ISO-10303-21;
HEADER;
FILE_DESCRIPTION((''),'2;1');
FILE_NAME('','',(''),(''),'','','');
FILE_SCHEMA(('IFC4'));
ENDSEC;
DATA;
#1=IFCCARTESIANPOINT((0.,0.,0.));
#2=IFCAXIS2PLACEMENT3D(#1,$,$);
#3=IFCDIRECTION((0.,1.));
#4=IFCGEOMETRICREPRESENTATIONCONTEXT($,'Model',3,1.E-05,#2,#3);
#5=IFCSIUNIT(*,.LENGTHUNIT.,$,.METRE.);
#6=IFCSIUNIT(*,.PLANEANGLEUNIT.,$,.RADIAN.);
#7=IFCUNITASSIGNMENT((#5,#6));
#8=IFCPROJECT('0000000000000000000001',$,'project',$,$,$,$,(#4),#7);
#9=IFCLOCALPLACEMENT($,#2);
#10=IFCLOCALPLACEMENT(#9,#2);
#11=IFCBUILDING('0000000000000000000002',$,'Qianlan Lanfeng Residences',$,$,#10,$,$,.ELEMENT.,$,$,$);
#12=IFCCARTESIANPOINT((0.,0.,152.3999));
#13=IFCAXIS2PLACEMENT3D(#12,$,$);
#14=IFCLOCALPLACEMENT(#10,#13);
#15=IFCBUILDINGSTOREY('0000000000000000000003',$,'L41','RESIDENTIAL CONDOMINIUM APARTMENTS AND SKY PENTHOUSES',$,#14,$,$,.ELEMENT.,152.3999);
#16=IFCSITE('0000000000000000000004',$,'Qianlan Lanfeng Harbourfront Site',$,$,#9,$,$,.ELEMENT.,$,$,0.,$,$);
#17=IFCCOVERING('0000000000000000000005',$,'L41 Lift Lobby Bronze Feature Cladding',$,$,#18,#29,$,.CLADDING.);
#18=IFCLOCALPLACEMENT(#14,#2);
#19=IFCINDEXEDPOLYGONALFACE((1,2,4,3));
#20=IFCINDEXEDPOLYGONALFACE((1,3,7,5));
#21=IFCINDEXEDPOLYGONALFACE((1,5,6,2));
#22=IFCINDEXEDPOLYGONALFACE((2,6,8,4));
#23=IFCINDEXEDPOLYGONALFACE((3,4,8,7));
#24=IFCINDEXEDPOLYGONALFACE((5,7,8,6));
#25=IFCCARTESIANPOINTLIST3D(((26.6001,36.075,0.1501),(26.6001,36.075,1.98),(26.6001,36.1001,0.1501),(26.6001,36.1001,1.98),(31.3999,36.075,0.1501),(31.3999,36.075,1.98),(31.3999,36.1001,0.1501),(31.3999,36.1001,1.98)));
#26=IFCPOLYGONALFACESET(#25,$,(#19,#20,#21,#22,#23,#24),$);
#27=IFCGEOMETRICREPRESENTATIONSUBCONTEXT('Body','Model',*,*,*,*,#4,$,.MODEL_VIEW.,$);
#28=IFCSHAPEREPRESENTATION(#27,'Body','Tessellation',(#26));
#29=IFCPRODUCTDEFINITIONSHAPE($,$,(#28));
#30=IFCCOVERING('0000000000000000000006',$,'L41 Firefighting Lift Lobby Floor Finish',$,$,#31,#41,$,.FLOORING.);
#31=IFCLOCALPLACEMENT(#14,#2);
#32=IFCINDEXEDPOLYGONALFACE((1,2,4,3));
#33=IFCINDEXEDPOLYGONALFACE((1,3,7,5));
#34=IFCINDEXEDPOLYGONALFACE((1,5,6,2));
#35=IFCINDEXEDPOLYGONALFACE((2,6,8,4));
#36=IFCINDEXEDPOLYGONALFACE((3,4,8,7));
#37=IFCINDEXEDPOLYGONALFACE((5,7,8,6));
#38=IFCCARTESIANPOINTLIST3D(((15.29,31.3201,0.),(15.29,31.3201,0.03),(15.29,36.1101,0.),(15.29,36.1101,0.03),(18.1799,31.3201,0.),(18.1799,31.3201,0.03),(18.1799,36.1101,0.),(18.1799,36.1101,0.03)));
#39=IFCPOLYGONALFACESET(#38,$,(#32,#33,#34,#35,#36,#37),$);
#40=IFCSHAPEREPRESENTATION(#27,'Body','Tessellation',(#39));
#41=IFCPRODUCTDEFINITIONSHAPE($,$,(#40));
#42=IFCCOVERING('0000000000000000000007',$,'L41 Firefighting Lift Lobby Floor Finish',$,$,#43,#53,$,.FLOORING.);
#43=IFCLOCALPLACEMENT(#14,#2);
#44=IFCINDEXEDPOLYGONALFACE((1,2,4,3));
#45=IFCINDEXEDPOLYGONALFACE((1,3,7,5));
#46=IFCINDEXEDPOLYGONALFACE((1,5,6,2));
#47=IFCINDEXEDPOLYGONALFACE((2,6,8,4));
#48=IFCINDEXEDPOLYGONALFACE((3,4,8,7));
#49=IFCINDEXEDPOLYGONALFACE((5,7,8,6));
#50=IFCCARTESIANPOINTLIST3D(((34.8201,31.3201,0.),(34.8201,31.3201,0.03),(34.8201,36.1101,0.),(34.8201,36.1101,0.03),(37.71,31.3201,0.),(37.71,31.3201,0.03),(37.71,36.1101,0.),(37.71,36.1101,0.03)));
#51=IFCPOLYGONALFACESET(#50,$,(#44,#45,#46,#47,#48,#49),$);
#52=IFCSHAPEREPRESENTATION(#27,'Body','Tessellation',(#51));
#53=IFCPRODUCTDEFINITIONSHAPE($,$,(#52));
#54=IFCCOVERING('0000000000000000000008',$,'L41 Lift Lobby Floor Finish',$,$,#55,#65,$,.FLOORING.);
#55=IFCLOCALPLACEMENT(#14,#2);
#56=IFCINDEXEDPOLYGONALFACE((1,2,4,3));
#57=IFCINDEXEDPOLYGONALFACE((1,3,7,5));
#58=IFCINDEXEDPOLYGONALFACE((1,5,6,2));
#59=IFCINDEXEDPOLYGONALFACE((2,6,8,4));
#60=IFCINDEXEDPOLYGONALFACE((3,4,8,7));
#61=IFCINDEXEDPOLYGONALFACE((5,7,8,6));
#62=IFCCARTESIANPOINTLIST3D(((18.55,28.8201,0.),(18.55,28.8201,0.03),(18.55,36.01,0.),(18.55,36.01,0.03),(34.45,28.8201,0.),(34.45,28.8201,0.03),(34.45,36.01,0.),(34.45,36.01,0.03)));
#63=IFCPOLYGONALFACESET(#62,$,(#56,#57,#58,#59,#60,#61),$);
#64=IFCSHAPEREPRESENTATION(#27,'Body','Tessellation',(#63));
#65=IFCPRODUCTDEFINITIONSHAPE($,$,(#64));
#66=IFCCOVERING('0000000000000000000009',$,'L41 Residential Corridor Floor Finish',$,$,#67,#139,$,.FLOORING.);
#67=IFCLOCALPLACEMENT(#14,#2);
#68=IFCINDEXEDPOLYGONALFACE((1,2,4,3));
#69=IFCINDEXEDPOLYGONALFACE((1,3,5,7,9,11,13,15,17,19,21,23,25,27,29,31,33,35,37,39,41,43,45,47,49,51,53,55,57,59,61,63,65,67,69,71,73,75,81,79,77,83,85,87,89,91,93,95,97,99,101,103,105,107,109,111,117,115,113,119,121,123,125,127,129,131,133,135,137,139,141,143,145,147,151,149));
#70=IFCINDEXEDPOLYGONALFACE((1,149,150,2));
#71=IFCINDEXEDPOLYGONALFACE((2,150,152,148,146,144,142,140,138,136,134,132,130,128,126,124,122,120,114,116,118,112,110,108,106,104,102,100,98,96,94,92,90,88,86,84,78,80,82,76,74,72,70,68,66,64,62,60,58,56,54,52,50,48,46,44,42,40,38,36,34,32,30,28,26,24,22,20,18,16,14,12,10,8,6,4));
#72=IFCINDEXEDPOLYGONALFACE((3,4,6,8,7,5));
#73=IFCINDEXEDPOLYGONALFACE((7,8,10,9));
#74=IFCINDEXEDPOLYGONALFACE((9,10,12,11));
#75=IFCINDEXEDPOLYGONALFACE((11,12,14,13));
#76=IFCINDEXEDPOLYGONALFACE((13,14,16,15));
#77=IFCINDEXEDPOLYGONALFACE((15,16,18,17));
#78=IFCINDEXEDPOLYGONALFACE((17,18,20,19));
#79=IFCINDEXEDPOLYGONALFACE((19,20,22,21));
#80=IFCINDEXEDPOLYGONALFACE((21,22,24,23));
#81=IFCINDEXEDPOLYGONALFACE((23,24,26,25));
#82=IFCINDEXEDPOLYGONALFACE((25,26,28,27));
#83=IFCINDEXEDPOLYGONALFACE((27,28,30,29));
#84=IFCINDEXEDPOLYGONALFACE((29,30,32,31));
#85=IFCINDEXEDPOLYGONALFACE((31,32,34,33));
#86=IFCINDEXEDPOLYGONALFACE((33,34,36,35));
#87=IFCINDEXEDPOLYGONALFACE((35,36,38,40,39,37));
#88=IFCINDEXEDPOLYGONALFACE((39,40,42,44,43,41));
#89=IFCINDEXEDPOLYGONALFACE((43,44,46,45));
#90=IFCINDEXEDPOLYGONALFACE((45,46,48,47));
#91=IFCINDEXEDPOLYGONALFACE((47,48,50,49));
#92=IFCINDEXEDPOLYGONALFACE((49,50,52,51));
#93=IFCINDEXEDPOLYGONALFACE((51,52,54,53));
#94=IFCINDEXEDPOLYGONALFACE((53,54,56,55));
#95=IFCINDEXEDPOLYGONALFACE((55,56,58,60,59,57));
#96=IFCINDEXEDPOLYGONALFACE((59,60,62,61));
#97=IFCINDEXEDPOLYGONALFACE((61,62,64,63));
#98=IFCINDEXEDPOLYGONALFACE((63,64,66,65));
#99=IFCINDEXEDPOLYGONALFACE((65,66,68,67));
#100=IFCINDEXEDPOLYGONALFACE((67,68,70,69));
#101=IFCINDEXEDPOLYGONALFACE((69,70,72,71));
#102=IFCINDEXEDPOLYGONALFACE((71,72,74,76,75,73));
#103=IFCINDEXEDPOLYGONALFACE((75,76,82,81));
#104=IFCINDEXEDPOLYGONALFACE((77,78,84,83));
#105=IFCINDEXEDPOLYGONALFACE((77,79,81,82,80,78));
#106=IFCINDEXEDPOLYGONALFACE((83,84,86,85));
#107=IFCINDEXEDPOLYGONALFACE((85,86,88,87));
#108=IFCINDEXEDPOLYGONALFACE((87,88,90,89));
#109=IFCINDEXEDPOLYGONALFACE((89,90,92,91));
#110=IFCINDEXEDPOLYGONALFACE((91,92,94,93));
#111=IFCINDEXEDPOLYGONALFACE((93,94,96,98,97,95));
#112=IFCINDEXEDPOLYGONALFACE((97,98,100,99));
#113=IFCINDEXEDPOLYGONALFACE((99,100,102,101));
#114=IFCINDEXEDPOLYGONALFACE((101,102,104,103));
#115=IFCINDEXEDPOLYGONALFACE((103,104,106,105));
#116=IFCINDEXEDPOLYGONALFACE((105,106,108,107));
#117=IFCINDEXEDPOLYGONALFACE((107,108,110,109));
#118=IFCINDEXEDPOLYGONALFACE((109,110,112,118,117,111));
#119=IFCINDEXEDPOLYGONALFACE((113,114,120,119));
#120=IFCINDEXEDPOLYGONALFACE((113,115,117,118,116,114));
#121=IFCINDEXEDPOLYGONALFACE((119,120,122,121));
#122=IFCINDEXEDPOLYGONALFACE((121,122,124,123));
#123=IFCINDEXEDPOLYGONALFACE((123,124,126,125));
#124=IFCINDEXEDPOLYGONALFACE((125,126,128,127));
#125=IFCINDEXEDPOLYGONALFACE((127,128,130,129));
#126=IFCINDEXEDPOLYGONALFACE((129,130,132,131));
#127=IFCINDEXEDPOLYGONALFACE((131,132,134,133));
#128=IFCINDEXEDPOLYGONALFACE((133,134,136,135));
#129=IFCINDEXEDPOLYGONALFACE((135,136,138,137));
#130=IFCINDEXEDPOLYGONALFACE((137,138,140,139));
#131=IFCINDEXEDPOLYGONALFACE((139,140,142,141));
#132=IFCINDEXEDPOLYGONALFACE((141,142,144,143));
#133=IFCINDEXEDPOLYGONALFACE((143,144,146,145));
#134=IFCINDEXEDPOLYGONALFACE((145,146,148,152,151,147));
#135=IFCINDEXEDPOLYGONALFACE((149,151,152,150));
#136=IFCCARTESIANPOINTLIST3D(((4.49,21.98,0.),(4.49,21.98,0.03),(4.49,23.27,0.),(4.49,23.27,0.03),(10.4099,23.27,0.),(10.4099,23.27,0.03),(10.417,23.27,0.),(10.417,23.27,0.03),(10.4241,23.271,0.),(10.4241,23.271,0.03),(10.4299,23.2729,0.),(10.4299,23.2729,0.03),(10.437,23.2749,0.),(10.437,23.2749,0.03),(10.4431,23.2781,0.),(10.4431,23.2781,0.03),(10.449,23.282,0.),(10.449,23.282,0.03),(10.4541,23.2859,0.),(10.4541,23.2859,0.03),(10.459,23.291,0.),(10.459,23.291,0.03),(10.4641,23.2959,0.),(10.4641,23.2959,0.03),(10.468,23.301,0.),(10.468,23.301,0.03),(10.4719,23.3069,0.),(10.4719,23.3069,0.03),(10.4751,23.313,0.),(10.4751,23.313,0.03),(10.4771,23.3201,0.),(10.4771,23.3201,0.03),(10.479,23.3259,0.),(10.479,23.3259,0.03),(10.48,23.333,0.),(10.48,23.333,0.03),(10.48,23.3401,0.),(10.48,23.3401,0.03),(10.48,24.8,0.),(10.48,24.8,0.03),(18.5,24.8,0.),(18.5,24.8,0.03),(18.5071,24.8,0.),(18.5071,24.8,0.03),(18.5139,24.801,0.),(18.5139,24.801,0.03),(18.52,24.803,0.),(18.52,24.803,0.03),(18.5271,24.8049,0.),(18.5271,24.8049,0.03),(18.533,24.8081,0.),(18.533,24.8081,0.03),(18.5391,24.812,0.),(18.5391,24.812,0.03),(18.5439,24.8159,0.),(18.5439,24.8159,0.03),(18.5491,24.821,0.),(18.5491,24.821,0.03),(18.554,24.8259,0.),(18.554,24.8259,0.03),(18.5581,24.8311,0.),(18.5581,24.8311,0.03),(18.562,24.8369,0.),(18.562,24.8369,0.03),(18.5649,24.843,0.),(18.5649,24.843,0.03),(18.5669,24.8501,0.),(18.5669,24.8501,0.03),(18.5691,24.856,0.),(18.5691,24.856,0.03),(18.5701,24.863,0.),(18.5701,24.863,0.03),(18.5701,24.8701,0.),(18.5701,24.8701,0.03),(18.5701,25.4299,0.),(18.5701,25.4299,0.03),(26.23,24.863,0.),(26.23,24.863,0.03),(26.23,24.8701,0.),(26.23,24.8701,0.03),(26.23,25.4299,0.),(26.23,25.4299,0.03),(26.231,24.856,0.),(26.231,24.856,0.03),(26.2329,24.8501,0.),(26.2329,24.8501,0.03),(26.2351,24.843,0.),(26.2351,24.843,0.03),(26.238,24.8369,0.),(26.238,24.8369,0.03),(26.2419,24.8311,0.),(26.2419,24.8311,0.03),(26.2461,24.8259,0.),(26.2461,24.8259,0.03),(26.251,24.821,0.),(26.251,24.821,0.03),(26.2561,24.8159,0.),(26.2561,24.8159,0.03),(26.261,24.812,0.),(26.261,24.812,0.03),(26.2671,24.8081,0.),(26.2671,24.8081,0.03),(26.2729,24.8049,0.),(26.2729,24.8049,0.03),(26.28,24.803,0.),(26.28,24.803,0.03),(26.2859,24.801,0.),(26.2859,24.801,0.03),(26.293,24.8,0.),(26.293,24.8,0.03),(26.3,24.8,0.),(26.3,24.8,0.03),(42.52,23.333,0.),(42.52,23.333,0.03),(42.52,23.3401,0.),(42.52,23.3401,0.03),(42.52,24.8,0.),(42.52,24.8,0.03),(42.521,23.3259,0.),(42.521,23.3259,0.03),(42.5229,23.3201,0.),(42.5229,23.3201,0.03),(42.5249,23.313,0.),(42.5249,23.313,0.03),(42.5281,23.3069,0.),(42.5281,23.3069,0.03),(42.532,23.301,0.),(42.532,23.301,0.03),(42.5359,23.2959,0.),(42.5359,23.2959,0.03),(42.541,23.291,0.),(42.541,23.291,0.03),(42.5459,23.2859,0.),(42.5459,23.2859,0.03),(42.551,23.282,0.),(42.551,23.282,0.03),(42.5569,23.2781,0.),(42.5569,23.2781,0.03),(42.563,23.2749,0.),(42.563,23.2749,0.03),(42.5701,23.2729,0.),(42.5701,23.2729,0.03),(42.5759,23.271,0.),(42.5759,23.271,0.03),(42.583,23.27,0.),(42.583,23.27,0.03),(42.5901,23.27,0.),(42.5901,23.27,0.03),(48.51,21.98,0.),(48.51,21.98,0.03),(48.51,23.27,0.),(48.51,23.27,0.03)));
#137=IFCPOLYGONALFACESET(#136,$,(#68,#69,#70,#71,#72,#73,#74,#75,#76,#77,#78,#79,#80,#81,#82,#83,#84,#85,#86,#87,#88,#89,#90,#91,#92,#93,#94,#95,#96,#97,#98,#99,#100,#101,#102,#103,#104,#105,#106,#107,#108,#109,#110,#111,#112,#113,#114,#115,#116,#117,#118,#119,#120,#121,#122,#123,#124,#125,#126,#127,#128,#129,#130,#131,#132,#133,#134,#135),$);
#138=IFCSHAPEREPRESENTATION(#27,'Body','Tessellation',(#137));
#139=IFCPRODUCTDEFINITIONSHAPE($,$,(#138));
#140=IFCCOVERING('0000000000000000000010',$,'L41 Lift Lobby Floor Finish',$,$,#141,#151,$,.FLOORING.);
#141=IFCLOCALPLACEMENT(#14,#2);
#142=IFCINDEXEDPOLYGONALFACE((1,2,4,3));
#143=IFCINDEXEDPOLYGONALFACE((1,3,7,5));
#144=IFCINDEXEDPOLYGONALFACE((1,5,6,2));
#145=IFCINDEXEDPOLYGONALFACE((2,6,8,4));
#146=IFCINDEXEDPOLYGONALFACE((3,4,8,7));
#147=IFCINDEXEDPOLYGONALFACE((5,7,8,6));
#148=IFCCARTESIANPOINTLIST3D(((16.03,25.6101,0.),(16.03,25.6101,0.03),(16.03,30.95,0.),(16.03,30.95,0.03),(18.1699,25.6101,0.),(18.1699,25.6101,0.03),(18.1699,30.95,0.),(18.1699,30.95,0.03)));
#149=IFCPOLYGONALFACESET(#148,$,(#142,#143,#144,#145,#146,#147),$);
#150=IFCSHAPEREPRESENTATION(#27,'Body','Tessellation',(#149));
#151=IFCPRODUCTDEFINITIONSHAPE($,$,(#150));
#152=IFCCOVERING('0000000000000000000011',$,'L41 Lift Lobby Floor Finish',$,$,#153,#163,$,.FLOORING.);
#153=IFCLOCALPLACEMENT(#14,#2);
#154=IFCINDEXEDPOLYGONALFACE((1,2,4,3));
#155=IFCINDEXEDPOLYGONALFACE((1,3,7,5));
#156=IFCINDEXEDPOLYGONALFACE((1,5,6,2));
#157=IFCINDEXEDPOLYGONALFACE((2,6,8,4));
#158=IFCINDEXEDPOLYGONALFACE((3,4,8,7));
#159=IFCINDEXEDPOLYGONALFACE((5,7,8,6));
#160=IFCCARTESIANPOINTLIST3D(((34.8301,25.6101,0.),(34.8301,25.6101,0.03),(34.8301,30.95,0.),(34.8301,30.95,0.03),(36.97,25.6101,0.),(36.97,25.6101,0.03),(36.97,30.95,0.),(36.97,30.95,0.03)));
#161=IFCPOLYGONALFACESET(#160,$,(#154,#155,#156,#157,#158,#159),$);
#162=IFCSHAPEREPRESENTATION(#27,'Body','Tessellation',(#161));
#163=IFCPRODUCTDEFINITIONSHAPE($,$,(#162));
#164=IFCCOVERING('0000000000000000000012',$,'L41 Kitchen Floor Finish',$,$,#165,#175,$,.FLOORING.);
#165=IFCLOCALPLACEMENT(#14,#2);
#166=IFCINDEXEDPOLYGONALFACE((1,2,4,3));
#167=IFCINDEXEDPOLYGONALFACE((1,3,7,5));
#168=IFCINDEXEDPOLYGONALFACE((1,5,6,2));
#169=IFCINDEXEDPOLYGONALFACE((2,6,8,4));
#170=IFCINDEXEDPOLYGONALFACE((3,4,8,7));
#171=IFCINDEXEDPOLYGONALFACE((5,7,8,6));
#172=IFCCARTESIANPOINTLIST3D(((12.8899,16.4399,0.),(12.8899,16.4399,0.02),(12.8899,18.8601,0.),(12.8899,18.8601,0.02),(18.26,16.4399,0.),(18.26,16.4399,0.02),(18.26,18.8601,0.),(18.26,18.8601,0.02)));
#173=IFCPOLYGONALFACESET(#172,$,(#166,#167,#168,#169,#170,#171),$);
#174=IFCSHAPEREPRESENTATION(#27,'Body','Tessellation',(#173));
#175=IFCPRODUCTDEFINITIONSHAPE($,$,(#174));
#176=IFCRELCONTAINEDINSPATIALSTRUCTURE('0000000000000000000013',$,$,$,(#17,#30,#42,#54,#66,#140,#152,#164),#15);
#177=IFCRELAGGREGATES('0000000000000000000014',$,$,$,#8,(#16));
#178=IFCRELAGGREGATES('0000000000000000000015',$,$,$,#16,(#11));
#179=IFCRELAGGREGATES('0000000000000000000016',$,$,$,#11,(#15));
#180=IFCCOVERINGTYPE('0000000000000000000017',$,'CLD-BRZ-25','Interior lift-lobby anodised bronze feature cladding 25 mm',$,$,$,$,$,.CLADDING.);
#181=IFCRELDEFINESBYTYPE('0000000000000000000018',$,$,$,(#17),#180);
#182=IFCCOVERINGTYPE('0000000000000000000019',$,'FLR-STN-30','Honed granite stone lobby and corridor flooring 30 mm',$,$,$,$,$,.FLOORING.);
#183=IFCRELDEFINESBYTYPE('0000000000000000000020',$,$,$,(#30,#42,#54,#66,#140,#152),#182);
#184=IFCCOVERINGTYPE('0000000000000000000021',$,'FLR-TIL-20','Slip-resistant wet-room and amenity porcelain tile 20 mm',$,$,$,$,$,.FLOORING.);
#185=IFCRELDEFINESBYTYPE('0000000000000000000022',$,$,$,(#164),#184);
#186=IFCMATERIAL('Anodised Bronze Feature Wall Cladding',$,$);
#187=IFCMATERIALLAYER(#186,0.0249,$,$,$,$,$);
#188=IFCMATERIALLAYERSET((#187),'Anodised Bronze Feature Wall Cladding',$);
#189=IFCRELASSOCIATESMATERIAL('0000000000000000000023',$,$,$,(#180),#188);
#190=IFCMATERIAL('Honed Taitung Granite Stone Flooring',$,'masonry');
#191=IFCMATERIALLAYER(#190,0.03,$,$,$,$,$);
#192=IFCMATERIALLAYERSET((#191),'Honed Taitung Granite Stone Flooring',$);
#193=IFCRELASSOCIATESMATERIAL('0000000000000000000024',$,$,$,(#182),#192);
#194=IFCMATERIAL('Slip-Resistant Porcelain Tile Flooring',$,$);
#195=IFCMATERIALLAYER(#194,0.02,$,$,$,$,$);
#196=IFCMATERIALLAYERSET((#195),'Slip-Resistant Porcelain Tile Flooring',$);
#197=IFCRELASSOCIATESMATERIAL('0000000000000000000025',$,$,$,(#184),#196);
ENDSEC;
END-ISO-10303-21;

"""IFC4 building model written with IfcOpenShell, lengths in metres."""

from ifc_helpers import new_model, si_unit, direction, frame, origin, place, context, subcontext, project, spatial, polyline, outline, extrude, material, layer, layer_set, type_object, element, save


model = new_model("IFC4")

# Units and contexts
model_context = context("Model", 3, precision=1e-05, world=origin(), true_north=direction((0.0, 1.0)))
body_context = subcontext(model_context, "Body", "Model", "MODEL_VIEW")
ifc_project = project(units=[si_unit("LENGTHUNIT", "METRE"), si_unit("PLANEANGLEUNIT", "RADIAN")], contexts=[model_context])

# Site, building, storey
site_placement = place(None, origin())
site = spatial("IfcSite", under=ifc_project, at=site_placement, Name="Qianlan Lanfeng Harbourfront Site", CompositionType="ELEMENT", RefElevation=0.0)
building_placement = place(site_placement, origin())
building = spatial("IfcBuilding", under=site, at=building_placement, Name="Qianlan Lanfeng Residences", CompositionType="ELEMENT")
storey_placement = place(building_placement, frame((0.0, 0.0, 152.3999)))
storey = spatial("IfcBuildingStorey", under=building, at=storey_placement, Name="L41", Description="RESIDENTIAL CONDOMINIUM APARTMENTS AND SKY PENTHOUSES", CompositionType="ELEMENT", Elevation=152.3999)

# Coverings
ifc_material_1 = material(Name="Anodised Bronze Feature Wall Cladding")
ifc_layer_1 = layer(ifc_material_1, 0.0249)
ifc_layer_set_1 = layer_set([ifc_layer_1], Name="Anodised Bronze Feature Wall Cladding")
covering_type_1 = type_object("IfcCoveringType", Name="CLD-BRZ-25", Description="Interior lift-lobby anodised bronze feature cladding 25 mm", PredefinedType="CLADDING", material=ifc_layer_set_1)
covering_1_placement = place(storey_placement, frame((0.0, 0.0, 0.1501)))
element("IfcCovering", 1, at=covering_1_placement, inside=storey, type_object=covering_type_1, Name="L41 Lift Lobby Bronze Feature Cladding", PredefinedType="CLADDING", context=body_context, shape_type="SweptSolid", body=[
    extrude(outline(polyline([(26.6001, 36.075), (31.3999, 36.075), (31.3999, 36.1001), (26.6001, 36.1001), (26.6001, 36.075)])), origin(), (0.0, 0.0, 1.0), 1.8298),
])
ifc_material_2 = material(Name="Honed Taitung Granite Stone Flooring", Category="masonry")
ifc_layer_2 = layer(ifc_material_2, 0.03)
ifc_layer_set_2 = layer_set([ifc_layer_2], Name="Honed Taitung Granite Stone Flooring")
covering_type_2 = type_object("IfcCoveringType", Name="FLR-STN-30", Description="Honed granite stone lobby and corridor flooring 30 mm", PredefinedType="FLOORING", material=ifc_layer_set_2)
covering_2_placement = place(storey_placement, origin())
element("IfcCovering", 2, at=covering_2_placement, inside=storey, type_object=covering_type_2, Name="L41 Firefighting Lift Lobby Floor Finish", PredefinedType="FLOORING", context=body_context, shape_type="SweptSolid", body=[
    extrude(outline(polyline([(15.29, 31.3201), (18.1799, 31.3201), (18.1799, 36.1101), (15.29, 36.1101), (15.29, 31.3201)])), origin(), (0.0, 0.0, 1.0), 0.03),
])
covering_3_placement = place(storey_placement, origin())
element("IfcCovering", 3, at=covering_3_placement, inside=storey, type_object=covering_type_2, Name="L41 Firefighting Lift Lobby Floor Finish", PredefinedType="FLOORING", context=body_context, shape_type="SweptSolid", body=[
    extrude(outline(polyline([(34.8201, 31.3201), (37.71, 31.3201), (37.71, 36.1101), (34.8201, 36.1101), (34.8201, 31.3201)])), origin(), (0.0, 0.0, 1.0), 0.03),
])
covering_4_placement = place(storey_placement, origin())
element("IfcCovering", 4, at=covering_4_placement, inside=storey, type_object=covering_type_2, Name="L41 Lift Lobby Floor Finish", PredefinedType="FLOORING", context=body_context, shape_type="SweptSolid", body=[
    extrude(outline(polyline([(18.55, 28.8201), (34.45, 28.8201), (34.45, 36.01), (18.55, 36.01), (18.55, 28.8201)])), origin(), (0.0, 0.0, 1.0), 0.03),
])
covering_5_placement = place(storey_placement, origin())
element("IfcCovering", 5, at=covering_5_placement, inside=storey, type_object=covering_type_2, Name="L41 Residential Corridor Floor Finish", PredefinedType="FLOORING", context=body_context, shape_type="SweptSolid", body=[
    extrude(outline(polyline([(4.49, 21.98), (48.51, 21.98), (48.51, 23.27), (42.5901, 23.27), (42.583, 23.27), (42.5759, 23.271), (42.5701, 23.2729), (42.563, 23.2749), (42.5569, 23.2781), (42.551, 23.282), (42.5459, 23.2859), (42.541, 23.291), (42.5359, 23.2959), (42.532, 23.301), (42.5281, 23.3069), (42.5249, 23.313), (42.5229, 23.3201), (42.521, 23.3259), (42.52, 23.333), (42.52, 23.3401), (42.52, 24.8), (26.3, 24.8), (26.293, 24.8), (26.2859, 24.801), (26.28, 24.803), (26.2729, 24.8049), (26.2671, 24.8081), (26.261, 24.812), (26.2561, 24.8159), (26.251, 24.821), (26.2461, 24.8259), (26.2419, 24.8311), (26.238, 24.8369), (26.2351, 24.843), (26.2329, 24.8501), (26.231, 24.856), (26.23, 24.863), (26.23, 24.8701), (26.23, 25.4299), (18.5701, 25.4299), (18.5701, 24.8701), (18.5701, 24.863), (18.5691, 24.856), (18.5669, 24.8501), (18.5649, 24.843), (18.562, 24.8369), (18.5581, 24.8311), (18.554, 24.8259), (18.5491, 24.821), (18.5439, 24.8159), (18.5391, 24.812), (18.533, 24.8081), (18.5271, 24.8049), (18.52, 24.803), (18.5139, 24.801), (18.5071, 24.8), (18.5, 24.8), (10.48, 24.8), (10.48, 23.3401), (10.48, 23.333), (10.479, 23.3259), (10.4771, 23.3201), (10.4751, 23.313), (10.4719, 23.3069), (10.468, 23.301), (10.4641, 23.2959), (10.459, 23.291), (10.4541, 23.2859), (10.449, 23.282), (10.4431, 23.2781), (10.437, 23.2749), (10.4299, 23.2729), (10.4241, 23.271), (10.417, 23.27), (10.4099, 23.27), (4.49, 23.27), (4.49, 21.98)])), origin(), (0.0, 0.0, 1.0), 0.03),
])
covering_6_placement = place(storey_placement, origin())
element("IfcCovering", 6, at=covering_6_placement, inside=storey, type_object=covering_type_2, Name="L41 Lift Lobby Floor Finish", PredefinedType="FLOORING", context=body_context, shape_type="SweptSolid", body=[
    extrude(outline(polyline([(16.03, 25.6101), (18.1699, 25.6101), (18.1699, 30.95), (16.03, 30.95), (16.03, 25.6101)])), origin(), (0.0, 0.0, 1.0), 0.03),
])
covering_7_placement = place(storey_placement, origin())
element("IfcCovering", 7, at=covering_7_placement, inside=storey, type_object=covering_type_2, Name="L41 Lift Lobby Floor Finish", PredefinedType="FLOORING", context=body_context, shape_type="SweptSolid", body=[
    extrude(outline(polyline([(34.8301, 25.6101), (36.97, 25.6101), (36.97, 30.95), (34.8301, 30.95), (34.8301, 25.6101)])), origin(), (0.0, 0.0, 1.0), 0.03),
])
ifc_material_3 = material(Name="Slip-Resistant Porcelain Tile Flooring")
ifc_layer_3 = layer(ifc_material_3, 0.02)
ifc_layer_set_3 = layer_set([ifc_layer_3], Name="Slip-Resistant Porcelain Tile Flooring")
covering_type_3 = type_object("IfcCoveringType", Name="FLR-TIL-20", Description="Slip-resistant wet-room and amenity porcelain tile 20 mm", PredefinedType="FLOORING", material=ifc_layer_set_3)
covering_8_placement = place(storey_placement, origin())
element("IfcCovering", 8, at=covering_8_placement, inside=storey, type_object=covering_type_3, Name="L41 Kitchen Floor Finish", PredefinedType="FLOORING", context=body_context, shape_type="SweptSolid", body=[
    extrude(outline(polyline([(12.8899, 16.4399), (18.26, 16.4399), (18.26, 18.8601), (12.8899, 18.8601), (12.8899, 16.4399)])), origin(), (0.0, 0.0, 1.0), 0.02),
])

save(model, "model.ifc")
